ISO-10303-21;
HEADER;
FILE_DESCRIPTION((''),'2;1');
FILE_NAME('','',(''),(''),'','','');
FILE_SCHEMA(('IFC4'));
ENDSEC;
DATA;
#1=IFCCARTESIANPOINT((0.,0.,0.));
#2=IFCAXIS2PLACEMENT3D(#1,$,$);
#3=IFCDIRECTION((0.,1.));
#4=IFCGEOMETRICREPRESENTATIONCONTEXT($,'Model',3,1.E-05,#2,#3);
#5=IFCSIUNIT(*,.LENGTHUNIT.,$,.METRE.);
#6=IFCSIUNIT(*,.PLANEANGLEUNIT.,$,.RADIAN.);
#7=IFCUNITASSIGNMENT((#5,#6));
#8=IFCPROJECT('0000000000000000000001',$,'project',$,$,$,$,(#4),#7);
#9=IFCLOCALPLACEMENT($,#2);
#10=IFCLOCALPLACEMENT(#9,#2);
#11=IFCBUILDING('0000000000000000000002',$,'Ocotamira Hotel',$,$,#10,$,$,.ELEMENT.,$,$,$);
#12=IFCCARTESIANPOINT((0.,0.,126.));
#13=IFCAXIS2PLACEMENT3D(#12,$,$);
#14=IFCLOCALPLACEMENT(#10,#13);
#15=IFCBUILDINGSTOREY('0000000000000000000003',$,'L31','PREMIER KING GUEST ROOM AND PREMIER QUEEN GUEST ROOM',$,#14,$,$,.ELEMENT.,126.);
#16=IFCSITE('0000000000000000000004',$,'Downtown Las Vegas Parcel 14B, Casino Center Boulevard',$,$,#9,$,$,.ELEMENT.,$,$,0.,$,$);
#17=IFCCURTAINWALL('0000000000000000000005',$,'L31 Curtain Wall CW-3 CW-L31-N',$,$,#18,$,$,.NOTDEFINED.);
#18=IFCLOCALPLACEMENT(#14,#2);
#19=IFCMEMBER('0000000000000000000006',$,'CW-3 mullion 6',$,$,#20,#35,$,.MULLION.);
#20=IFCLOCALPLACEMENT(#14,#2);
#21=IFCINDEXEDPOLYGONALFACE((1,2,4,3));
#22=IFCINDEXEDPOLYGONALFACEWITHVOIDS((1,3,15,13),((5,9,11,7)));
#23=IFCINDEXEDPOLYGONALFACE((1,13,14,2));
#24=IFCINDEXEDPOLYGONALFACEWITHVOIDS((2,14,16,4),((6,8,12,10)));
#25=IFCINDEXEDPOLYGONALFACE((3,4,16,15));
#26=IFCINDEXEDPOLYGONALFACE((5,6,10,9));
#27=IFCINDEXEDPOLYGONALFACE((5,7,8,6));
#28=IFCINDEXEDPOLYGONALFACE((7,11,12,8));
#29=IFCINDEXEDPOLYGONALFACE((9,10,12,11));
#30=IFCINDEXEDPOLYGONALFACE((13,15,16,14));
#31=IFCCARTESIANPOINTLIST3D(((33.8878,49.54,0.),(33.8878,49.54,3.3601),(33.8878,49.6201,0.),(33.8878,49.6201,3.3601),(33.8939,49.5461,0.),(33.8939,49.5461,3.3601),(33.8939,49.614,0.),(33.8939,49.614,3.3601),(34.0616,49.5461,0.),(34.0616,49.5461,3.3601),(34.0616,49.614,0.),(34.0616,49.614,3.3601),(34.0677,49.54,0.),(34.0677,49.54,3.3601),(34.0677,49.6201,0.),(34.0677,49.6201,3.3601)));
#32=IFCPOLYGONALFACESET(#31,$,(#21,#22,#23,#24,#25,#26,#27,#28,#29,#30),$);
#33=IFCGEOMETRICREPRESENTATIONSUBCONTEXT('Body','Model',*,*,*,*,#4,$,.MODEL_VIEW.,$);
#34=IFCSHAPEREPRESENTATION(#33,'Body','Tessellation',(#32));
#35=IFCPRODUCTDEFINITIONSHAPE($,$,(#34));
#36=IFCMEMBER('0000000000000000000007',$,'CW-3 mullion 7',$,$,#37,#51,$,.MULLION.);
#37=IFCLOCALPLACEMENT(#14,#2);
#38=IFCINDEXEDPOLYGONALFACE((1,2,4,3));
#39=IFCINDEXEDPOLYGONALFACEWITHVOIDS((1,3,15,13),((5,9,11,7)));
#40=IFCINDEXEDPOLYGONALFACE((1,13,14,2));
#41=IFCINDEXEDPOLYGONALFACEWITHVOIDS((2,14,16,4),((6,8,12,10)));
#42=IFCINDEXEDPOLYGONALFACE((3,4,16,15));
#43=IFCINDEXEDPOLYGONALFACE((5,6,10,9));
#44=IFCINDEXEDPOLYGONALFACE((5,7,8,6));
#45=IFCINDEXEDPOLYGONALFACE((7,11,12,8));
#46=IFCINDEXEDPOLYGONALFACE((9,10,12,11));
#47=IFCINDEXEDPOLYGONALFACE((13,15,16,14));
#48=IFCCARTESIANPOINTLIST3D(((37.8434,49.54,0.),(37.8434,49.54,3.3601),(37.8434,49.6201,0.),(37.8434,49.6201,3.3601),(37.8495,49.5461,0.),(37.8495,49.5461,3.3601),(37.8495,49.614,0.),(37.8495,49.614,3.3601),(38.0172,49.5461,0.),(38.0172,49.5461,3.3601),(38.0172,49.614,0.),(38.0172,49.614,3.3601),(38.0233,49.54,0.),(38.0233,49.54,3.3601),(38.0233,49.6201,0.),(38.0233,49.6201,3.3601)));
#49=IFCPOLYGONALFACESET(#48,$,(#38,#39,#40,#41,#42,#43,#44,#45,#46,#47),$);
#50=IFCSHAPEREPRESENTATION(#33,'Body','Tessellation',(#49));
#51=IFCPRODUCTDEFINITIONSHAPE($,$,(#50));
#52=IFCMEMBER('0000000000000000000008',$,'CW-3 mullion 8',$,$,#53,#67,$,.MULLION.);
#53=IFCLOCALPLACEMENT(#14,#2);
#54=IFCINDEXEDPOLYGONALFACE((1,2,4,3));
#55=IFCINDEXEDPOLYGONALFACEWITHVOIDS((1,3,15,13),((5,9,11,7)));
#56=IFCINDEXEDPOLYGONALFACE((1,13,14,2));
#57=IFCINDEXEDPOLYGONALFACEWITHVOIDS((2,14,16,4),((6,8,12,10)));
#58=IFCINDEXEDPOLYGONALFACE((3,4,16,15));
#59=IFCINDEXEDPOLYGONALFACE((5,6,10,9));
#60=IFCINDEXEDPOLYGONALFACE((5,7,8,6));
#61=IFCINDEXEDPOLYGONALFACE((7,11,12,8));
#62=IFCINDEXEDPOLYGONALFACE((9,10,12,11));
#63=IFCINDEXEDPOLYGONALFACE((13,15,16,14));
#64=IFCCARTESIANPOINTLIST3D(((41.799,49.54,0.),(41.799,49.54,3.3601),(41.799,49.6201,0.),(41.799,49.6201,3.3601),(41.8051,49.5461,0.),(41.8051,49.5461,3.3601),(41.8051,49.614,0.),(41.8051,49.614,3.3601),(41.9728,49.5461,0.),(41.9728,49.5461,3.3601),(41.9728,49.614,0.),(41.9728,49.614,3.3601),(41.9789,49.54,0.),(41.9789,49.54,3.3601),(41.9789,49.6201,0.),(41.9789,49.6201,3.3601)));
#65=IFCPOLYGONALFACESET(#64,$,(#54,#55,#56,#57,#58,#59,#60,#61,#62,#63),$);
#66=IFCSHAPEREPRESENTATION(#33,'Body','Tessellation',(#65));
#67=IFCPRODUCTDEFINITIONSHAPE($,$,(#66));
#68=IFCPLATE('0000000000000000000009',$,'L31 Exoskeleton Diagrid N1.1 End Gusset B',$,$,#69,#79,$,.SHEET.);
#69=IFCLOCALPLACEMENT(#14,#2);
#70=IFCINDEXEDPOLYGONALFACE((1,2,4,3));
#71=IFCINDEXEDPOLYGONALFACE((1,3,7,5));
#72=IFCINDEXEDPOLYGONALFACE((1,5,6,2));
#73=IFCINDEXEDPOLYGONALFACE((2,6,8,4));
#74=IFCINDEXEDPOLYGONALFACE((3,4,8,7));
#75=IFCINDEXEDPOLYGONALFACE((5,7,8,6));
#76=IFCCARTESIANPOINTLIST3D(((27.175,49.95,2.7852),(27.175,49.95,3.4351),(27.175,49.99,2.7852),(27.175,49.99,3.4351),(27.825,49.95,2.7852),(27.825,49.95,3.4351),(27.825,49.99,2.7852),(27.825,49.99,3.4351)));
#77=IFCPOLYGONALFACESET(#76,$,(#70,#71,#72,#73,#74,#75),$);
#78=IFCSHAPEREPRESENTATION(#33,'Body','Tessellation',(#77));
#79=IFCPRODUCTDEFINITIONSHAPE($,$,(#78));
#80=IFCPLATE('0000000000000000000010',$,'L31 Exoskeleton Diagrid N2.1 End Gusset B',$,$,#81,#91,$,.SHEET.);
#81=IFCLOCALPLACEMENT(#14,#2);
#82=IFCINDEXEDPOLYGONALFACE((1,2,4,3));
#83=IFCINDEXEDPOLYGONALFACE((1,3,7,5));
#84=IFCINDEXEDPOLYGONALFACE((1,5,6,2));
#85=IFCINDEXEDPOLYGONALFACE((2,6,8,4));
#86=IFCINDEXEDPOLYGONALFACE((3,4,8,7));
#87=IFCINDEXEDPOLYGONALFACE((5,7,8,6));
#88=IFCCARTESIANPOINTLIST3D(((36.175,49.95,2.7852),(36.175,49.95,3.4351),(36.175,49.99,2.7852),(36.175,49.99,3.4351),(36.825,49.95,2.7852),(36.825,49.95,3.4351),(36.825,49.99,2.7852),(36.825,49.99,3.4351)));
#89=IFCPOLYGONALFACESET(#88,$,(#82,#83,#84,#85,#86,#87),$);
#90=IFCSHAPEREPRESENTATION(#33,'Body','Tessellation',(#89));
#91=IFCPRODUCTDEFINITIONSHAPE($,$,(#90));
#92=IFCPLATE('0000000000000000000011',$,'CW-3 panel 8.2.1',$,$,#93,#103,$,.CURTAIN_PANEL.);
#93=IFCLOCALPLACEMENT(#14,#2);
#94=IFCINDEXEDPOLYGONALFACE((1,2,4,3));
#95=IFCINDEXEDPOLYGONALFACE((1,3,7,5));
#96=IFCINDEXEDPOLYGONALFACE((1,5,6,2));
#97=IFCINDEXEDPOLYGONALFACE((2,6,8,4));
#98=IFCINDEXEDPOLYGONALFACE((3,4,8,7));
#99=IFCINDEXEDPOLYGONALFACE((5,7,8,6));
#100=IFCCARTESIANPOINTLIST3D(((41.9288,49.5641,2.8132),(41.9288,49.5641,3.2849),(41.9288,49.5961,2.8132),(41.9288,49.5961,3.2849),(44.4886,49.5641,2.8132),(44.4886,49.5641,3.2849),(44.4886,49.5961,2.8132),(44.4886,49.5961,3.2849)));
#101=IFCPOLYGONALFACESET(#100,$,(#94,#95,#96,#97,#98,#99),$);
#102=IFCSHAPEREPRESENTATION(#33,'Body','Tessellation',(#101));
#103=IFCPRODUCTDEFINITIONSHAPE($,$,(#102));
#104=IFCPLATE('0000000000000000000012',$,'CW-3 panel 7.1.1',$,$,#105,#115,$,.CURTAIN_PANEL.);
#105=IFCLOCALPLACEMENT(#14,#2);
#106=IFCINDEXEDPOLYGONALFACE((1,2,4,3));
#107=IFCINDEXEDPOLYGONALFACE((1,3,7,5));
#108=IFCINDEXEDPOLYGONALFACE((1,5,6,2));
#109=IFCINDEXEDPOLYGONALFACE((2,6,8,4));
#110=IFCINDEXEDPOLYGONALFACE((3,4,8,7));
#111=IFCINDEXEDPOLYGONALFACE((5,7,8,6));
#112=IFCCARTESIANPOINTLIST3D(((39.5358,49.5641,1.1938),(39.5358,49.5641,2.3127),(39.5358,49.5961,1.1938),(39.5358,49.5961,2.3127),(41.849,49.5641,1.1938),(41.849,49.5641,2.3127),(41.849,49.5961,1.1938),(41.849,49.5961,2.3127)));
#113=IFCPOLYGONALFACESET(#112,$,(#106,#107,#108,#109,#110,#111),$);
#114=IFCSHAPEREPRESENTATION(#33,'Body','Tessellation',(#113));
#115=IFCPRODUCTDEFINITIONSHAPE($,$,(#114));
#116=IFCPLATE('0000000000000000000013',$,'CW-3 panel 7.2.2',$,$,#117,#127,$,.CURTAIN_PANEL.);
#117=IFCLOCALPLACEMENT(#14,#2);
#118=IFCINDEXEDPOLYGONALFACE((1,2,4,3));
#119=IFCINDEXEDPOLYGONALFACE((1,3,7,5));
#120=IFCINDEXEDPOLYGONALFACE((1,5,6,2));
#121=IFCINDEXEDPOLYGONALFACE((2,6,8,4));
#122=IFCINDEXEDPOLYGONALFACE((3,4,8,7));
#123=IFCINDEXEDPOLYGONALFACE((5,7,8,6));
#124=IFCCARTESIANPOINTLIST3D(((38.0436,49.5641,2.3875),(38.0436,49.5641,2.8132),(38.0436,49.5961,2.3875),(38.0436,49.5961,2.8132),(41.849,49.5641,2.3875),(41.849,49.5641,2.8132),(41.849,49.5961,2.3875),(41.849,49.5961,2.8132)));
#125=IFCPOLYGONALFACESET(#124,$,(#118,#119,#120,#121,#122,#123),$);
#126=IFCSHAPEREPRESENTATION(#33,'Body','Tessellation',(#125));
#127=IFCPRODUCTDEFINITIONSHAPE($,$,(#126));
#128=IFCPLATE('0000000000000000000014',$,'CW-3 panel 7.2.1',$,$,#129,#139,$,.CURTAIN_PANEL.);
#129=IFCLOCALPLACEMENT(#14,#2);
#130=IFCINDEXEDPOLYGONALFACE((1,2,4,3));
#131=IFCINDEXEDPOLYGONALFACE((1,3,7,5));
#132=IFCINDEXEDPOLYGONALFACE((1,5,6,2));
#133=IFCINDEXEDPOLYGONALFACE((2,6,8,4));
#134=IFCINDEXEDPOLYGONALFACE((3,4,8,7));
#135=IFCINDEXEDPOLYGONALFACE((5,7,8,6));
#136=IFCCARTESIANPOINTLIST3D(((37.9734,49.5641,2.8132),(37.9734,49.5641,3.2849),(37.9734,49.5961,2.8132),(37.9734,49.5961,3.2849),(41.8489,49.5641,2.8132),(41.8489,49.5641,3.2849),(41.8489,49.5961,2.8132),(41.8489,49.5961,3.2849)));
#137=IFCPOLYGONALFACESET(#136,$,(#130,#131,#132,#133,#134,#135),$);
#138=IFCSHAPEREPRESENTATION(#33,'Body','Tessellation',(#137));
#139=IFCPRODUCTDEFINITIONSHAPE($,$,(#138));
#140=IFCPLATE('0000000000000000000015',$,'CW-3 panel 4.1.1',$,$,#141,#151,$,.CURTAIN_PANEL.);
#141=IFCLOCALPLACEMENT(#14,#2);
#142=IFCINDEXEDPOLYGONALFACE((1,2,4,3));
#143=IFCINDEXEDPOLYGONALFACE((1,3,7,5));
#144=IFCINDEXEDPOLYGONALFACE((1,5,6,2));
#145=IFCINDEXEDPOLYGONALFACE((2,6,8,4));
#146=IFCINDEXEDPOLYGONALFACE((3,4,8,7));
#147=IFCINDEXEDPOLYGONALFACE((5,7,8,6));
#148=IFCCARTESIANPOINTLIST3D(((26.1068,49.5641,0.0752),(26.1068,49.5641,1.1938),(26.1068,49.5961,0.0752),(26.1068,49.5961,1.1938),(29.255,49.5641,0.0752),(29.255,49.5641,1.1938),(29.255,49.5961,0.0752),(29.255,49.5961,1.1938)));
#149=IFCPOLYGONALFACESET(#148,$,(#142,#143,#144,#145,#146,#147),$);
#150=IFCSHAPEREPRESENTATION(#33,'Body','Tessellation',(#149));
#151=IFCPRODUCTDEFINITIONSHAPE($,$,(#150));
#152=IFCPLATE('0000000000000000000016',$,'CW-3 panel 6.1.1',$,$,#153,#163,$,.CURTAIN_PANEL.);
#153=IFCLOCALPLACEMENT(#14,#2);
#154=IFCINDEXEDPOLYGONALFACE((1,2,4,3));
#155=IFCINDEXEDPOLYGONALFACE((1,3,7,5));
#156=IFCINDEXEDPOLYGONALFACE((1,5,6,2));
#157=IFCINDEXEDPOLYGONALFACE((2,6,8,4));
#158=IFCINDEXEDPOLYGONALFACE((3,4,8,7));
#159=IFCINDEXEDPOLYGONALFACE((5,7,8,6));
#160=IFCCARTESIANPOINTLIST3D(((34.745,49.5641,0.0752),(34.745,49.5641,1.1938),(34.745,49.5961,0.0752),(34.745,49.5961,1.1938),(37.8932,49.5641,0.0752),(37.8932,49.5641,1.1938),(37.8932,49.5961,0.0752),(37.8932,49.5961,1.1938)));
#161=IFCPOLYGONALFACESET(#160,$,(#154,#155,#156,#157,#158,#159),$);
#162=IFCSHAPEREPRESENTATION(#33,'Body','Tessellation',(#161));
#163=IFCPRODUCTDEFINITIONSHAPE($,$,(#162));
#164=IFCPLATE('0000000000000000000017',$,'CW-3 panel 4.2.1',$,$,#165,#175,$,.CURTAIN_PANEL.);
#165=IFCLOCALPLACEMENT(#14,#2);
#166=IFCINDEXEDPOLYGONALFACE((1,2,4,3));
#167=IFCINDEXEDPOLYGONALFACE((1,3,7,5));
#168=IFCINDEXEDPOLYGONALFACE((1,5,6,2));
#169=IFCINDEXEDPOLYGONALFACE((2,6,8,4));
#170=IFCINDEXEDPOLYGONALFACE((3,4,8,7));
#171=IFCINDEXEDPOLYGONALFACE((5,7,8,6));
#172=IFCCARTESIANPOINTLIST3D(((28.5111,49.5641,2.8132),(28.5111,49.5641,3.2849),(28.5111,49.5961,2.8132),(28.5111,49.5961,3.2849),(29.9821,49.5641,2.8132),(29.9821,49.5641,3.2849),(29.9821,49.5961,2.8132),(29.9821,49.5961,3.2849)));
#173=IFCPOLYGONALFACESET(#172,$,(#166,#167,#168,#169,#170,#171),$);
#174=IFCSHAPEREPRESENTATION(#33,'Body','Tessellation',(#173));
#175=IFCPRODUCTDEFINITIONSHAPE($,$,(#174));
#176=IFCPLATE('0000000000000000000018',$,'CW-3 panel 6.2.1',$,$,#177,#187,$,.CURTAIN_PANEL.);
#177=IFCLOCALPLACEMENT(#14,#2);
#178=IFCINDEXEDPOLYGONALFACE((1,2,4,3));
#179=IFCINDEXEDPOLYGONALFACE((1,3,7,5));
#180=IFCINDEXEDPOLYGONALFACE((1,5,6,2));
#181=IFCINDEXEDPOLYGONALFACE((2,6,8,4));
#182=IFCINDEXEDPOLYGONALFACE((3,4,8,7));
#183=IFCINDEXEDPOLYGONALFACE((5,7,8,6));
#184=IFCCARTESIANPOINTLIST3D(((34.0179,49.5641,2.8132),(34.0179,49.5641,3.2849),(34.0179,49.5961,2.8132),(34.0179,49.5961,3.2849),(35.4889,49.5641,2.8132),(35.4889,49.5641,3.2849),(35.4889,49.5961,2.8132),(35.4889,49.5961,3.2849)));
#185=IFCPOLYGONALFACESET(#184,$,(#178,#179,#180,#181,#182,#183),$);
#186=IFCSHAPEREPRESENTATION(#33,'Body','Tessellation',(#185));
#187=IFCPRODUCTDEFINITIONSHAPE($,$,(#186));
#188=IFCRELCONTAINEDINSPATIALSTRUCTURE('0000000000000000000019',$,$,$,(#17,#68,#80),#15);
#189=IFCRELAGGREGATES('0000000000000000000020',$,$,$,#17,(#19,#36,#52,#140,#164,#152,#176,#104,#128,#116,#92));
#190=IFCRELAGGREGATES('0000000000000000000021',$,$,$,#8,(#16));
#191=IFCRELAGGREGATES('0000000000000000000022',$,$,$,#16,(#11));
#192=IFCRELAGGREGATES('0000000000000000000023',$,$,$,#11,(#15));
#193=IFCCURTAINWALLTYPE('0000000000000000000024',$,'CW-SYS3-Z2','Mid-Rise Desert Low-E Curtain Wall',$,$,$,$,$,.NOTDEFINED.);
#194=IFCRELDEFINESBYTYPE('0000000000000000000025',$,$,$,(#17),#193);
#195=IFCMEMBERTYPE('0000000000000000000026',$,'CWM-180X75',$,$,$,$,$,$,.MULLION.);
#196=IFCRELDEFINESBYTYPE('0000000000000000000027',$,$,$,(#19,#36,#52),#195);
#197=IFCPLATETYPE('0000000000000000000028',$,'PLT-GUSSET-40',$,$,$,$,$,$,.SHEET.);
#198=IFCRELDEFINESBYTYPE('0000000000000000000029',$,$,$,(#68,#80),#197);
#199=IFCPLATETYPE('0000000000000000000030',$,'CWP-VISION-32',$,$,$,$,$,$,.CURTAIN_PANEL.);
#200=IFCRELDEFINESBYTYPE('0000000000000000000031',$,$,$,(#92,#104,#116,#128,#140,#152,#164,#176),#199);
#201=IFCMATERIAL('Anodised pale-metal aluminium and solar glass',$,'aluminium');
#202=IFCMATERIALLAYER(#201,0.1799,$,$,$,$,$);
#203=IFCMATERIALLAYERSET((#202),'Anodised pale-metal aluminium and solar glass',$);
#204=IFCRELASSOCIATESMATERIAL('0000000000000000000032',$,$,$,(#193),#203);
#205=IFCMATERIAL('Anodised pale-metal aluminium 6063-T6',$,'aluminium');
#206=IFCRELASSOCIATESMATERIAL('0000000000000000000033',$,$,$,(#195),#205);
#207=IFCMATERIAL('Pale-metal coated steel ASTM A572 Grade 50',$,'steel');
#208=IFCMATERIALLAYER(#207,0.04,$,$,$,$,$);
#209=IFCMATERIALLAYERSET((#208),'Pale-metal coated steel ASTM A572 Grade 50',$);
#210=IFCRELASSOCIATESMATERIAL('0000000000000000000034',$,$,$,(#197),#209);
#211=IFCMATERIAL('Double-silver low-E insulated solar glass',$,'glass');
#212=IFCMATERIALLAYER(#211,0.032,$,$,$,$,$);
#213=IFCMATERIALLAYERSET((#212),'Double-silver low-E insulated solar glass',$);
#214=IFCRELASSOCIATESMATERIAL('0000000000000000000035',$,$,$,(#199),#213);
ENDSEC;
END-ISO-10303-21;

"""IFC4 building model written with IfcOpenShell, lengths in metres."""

from ifc_helpers import new_model, si_unit, direction, frame, origin, origin_2d, place, context, subcontext, project, spatial, rectangle, hollow_rectangle, extrude, source, transform, mapped, material, layer, layer_set, material_profile, profile_set, type_object, element, aggregate, save


model = new_model("IFC4")

# Units and contexts
model_context = context("Model", 3, precision=1e-05, world=origin(), true_north=direction((0.0, 1.0)))
body_context = subcontext(model_context, "Body", "Model", "MODEL_VIEW")
ifc_project = project(units=[si_unit("LENGTHUNIT", "METRE"), si_unit("PLANEANGLEUNIT", "RADIAN")], contexts=[model_context])

# Site, building, storey
site_placement = place(None, origin())
site = spatial("IfcSite", under=ifc_project, at=site_placement, Name="Downtown Las Vegas Parcel 14B, Casino Center Boulevard", CompositionType="ELEMENT", RefElevation=0.0)
building_placement = place(site_placement, origin())
building = spatial("IfcBuilding", under=site, at=building_placement, Name="Ocotamira Hotel", CompositionType="ELEMENT")
storey_placement = place(building_placement, frame((0.0, 0.0, 126.0)))
storey = spatial("IfcBuildingStorey", under=building, at=storey_placement, Name="L31", Description="PREMIER KING GUEST ROOM AND PREMIER QUEEN GUEST ROOM", CompositionType="ELEMENT", Elevation=126.0)

# Curtain wall, members
ifc_material_1 = material(Name="Anodised pale-metal aluminium and solar glass", Category="aluminium")
ifc_layer_1 = layer(ifc_material_1, 0.1799)
ifc_layer_set_1 = layer_set([ifc_layer_1], Name="Anodised pale-metal aluminium and solar glass")
curtain_wall_type = type_object("IfcCurtainWallType", Name="CW-SYS3-Z2", Description="Mid-Rise Desert Low-E Curtain Wall", PredefinedType="NOTDEFINED", material=ifc_layer_set_1)
curtain_wall_placement = place(storey_placement, origin())
curtain_wall = element("IfcCurtainWall", 1, at=curtain_wall_placement, inside=storey, type_object=curtain_wall_type, Name="L31 Curtain Wall CW-3 CW-L31-N", PredefinedType="NOTDEFINED")
ifc_material_2 = material(Name="Anodised pale-metal aluminium 6063-T6", Category="aluminium")
ifc_material_profile_1 = material_profile(ifc_material_2, hollow_rectangle(XDim=0.0801, YDim=0.1799, WallThickness=0.0061, at=origin_2d()), Name="HSS180X80X6")
ifc_profile_set_1 = profile_set([ifc_material_profile_1], Name="Anodised pale-metal aluminium 6063-T6")
member_type_1 = type_object("IfcMemberType", Name="CWM-180X75", PredefinedType="MULLION", material=ifc_profile_set_1)
shared_shape_1 = source(origin(), body_context, "Body", "SweptSolid", [
    extrude(hollow_rectangle(XDim=0.0801, YDim=0.1799, WallThickness=0.0061, at=origin_2d()), origin(), (0.0, 0.0, 1.0), 3.3601),
])
member_1_placement = place(storey_placement, frame((33.9778, 49.5801, 0.0), z_axis=(0.0, 0.0, 1.0), x_axis=(0.0, 1.0, 0.0)))
member_1 = element("IfcMember", 2, at=member_1_placement, type_object=member_type_1, Name="CW-3 mullion 6", PredefinedType="MULLION", context=body_context, shape_type="MappedRepresentation", body=[
    mapped(shared_shape_1, transform((0.0, 0.0, 0.0), scale=1.0)),
])
member_2_placement = place(storey_placement, frame((37.9333, 49.5801, 0.0), z_axis=(0.0, 0.0, 1.0), x_axis=(0.0, 1.0, 0.0)))
member_2 = element("IfcMember", 3, at=member_2_placement, type_object=member_type_1, Name="CW-3 mullion 7", PredefinedType="MULLION", context=body_context, shape_type="MappedRepresentation", body=[
    mapped(shared_shape_1, transform((0.0, 0.0, 0.0), scale=1.0)),
])
member_3_placement = place(storey_placement, frame((41.8889, 49.5801, 0.0), z_axis=(0.0, 0.0, 1.0), x_axis=(0.0, 1.0, 0.0)))
member_3 = element("IfcMember", 4, at=member_3_placement, type_object=member_type_1, Name="CW-3 mullion 8", PredefinedType="MULLION", context=body_context, shape_type="MappedRepresentation", body=[
    mapped(shared_shape_1, transform((0.0, 0.0, 0.0), scale=1.0)),
])

# Plates
ifc_material_3 = material(Name="Pale-metal coated steel ASTM A572 Grade 50", Category="steel")
ifc_layer_2 = layer(ifc_material_3, 0.04)
ifc_layer_set_2 = layer_set([ifc_layer_2], Name="Pale-metal coated steel ASTM A572 Grade 50")
plate_type_1 = type_object("IfcPlateType", Name="PLT-GUSSET-40", PredefinedType="SHEET", material=ifc_layer_set_2)
shared_shape_2 = source(origin(), body_context, "Body", "SweptSolid", [
    extrude(rectangle(XDim=0.6499, YDim=0.04, at=origin_2d()), origin(), (0.0, 0.0, 1.0), 0.6499),
])
for number, where, z_axis, x_axis, name in (
    (5, (27.5, 49.97, 2.7852), (0.0, 0.0, 1.0), (1.0, 0.0, 0.0), "L31 Exoskeleton Diagrid N1.1 End Gusset B"),
    (6, (36.5, 49.97, 2.7852), (0.0, 0.0, 1.0), (1.0, 0.0, 0.0), "L31 Exoskeleton Diagrid N2.1 End Gusset B"),
):
    element("IfcPlate", number, at=place(storey_placement, frame(where, z_axis=z_axis, x_axis=x_axis)), inside=storey, type_object=plate_type_1, Name=name, PredefinedType="SHEET", context=body_context, shape_type="MappedRepresentation", body=[
        mapped(shared_shape_2, transform((0.0, 0.0, 0.0), scale=1.0)),
    ])

# Plates
ifc_material_4 = material(Name="Double-silver low-E insulated solar glass", Category="glass")
ifc_layer_3 = layer(ifc_material_4, 0.032)
ifc_layer_set_3 = layer_set([ifc_layer_3], Name="Double-silver low-E insulated solar glass")
plate_type_2 = type_object("IfcPlateType", Name="CWP-VISION-32", PredefinedType="CURTAIN_PANEL", material=ifc_layer_set_3)
shared_shape_3 = source(origin(), body_context, "Body", "SweptSolid", [
    extrude(rectangle(XDim=2.5598, YDim=0.032, at=origin_2d()), origin(), (0.0, 0.0, 1.0), 0.4717),
])
plate_1_placement = place(storey_placement, frame((43.2087, 49.5801, 2.8132), z_axis=(0.0, 0.0, 1.0), x_axis=(1.0, 0.0, 0.0)))
plate_1 = element("IfcPlate", 7, at=plate_1_placement, type_object=plate_type_2, Name="CW-3 panel 8.2.1", PredefinedType="CURTAIN_PANEL", context=body_context, shape_type="MappedRepresentation", body=[
    mapped(shared_shape_3, transform((0.0, 0.0, 0.0), scale=1.0)),
])
shared_shape_4 = source(origin(), body_context, "Body", "SweptSolid", [
    extrude(rectangle(XDim=2.3132, YDim=0.032, at=origin_2d()), origin(), (0.0, 0.0, 1.0), 1.1189),
])
plate_2_placement = place(storey_placement, frame((40.6924, 49.5801, 1.1938), z_axis=(0.0, 0.0, 1.0), x_axis=(1.0, 0.0, 0.0)))
plate_2 = element("IfcPlate", 8, at=plate_2_placement, type_object=plate_type_2, Name="CW-3 panel 7.1.1", PredefinedType="CURTAIN_PANEL", context=body_context, shape_type="MappedRepresentation", body=[
    mapped(shared_shape_4, transform((0.0, 0.0, 0.0), scale=1.0)),
])
shared_shape_5 = source(origin(), body_context, "Body", "SweptSolid", [
    extrude(rectangle(XDim=3.8054, YDim=0.032, at=origin_2d()), origin(), (0.0, 0.0, 1.0), 0.4258),
])
plate_3_placement = place(storey_placement, frame((39.9463, 49.5801, 2.3875), z_axis=(0.0, 0.0, 1.0), x_axis=(1.0, 0.0, 0.0)))
plate_3 = element("IfcPlate", 9, at=plate_3_placement, type_object=plate_type_2, Name="CW-3 panel 7.2.2", PredefinedType="CURTAIN_PANEL", context=body_context, shape_type="MappedRepresentation", body=[
    mapped(shared_shape_5, transform((0.0, 0.0, 0.0), scale=1.0)),
])
shared_shape_6 = source(origin(), body_context, "Body", "SweptSolid", [
    extrude(rectangle(XDim=3.8755, YDim=0.032, at=origin_2d()), origin(), (0.0, 0.0, 1.0), 0.4717),
])
plate_4_placement = place(storey_placement, frame((39.9111, 49.5801, 2.8132), z_axis=(0.0, 0.0, 1.0), x_axis=(1.0, 0.0, 0.0)))
plate_4 = element("IfcPlate", 10, at=plate_4_placement, type_object=plate_type_2, Name="CW-3 panel 7.2.1", PredefinedType="CURTAIN_PANEL", context=body_context, shape_type="MappedRepresentation", body=[
    mapped(shared_shape_6, transform((0.0, 0.0, 0.0), scale=1.0)),
])
shared_shape_7 = source(origin(), body_context, "Body", "SweptSolid", [
    extrude(rectangle(XDim=3.1482, YDim=0.032, at=origin_2d()), origin(), (0.0, 0.0, 1.0), 1.1187),
])
plate_5_placement = place(storey_placement, frame((27.6809, 49.5801, 0.0752), z_axis=(0.0, 0.0, 1.0), x_axis=(1.0, 0.0, 0.0)))
plate_5 = element("IfcPlate", 11, at=plate_5_placement, type_object=plate_type_2, Name="CW-3 panel 4.1.1", PredefinedType="CURTAIN_PANEL", context=body_context, shape_type="MappedRepresentation", body=[
    mapped(shared_shape_7, transform((0.0, 0.0, 0.0), scale=1.0)),
])
plate_6_placement = place(storey_placement, frame((36.3191, 49.5801, 0.0752), z_axis=(0.0, 0.0, 1.0), x_axis=(1.0, 0.0, 0.0)))
plate_6 = element("IfcPlate", 12, at=plate_6_placement, type_object=plate_type_2, Name="CW-3 panel 6.1.1", PredefinedType="CURTAIN_PANEL", context=body_context, shape_type="MappedRepresentation", body=[
    mapped(shared_shape_7, transform((0.0, 0.0, 0.0), scale=1.0)),
])
shared_shape_8 = source(origin(), body_context, "Body", "SweptSolid", [
    extrude(rectangle(XDim=1.4709, YDim=0.032, at=origin_2d()), origin(), (0.0, 0.0, 1.0), 0.4717),
])
plate_7_placement = place(storey_placement, frame((29.2466, 49.5801, 2.8132), z_axis=(0.0, 0.0, 1.0), x_axis=(1.0, 0.0, 0.0)))
plate_7 = element("IfcPlate", 13, at=plate_7_placement, type_object=plate_type_2, Name="CW-3 panel 4.2.1", PredefinedType="CURTAIN_PANEL", context=body_context, shape_type="MappedRepresentation", body=[
    mapped(shared_shape_8, transform((0.0, 0.0, 0.0), scale=1.0)),
])
plate_8_placement = place(storey_placement, frame((34.7534, 49.5801, 2.8132), z_axis=(0.0, 0.0, 1.0), x_axis=(1.0, 0.0, 0.0)))
plate_8 = element("IfcPlate", 14, at=plate_8_placement, type_object=plate_type_2, Name="CW-3 panel 6.2.1", PredefinedType="CURTAIN_PANEL", context=body_context, shape_type="MappedRepresentation", body=[
    mapped(shared_shape_8, transform((0.0, 0.0, 0.0), scale=1.0)),
])
aggregate(curtain_wall, [member_1, member_2, member_3, plate_5, plate_7, plate_6, plate_8, plate_2, plate_4, plate_3, plate_1])

save(model, "model.ifc")
